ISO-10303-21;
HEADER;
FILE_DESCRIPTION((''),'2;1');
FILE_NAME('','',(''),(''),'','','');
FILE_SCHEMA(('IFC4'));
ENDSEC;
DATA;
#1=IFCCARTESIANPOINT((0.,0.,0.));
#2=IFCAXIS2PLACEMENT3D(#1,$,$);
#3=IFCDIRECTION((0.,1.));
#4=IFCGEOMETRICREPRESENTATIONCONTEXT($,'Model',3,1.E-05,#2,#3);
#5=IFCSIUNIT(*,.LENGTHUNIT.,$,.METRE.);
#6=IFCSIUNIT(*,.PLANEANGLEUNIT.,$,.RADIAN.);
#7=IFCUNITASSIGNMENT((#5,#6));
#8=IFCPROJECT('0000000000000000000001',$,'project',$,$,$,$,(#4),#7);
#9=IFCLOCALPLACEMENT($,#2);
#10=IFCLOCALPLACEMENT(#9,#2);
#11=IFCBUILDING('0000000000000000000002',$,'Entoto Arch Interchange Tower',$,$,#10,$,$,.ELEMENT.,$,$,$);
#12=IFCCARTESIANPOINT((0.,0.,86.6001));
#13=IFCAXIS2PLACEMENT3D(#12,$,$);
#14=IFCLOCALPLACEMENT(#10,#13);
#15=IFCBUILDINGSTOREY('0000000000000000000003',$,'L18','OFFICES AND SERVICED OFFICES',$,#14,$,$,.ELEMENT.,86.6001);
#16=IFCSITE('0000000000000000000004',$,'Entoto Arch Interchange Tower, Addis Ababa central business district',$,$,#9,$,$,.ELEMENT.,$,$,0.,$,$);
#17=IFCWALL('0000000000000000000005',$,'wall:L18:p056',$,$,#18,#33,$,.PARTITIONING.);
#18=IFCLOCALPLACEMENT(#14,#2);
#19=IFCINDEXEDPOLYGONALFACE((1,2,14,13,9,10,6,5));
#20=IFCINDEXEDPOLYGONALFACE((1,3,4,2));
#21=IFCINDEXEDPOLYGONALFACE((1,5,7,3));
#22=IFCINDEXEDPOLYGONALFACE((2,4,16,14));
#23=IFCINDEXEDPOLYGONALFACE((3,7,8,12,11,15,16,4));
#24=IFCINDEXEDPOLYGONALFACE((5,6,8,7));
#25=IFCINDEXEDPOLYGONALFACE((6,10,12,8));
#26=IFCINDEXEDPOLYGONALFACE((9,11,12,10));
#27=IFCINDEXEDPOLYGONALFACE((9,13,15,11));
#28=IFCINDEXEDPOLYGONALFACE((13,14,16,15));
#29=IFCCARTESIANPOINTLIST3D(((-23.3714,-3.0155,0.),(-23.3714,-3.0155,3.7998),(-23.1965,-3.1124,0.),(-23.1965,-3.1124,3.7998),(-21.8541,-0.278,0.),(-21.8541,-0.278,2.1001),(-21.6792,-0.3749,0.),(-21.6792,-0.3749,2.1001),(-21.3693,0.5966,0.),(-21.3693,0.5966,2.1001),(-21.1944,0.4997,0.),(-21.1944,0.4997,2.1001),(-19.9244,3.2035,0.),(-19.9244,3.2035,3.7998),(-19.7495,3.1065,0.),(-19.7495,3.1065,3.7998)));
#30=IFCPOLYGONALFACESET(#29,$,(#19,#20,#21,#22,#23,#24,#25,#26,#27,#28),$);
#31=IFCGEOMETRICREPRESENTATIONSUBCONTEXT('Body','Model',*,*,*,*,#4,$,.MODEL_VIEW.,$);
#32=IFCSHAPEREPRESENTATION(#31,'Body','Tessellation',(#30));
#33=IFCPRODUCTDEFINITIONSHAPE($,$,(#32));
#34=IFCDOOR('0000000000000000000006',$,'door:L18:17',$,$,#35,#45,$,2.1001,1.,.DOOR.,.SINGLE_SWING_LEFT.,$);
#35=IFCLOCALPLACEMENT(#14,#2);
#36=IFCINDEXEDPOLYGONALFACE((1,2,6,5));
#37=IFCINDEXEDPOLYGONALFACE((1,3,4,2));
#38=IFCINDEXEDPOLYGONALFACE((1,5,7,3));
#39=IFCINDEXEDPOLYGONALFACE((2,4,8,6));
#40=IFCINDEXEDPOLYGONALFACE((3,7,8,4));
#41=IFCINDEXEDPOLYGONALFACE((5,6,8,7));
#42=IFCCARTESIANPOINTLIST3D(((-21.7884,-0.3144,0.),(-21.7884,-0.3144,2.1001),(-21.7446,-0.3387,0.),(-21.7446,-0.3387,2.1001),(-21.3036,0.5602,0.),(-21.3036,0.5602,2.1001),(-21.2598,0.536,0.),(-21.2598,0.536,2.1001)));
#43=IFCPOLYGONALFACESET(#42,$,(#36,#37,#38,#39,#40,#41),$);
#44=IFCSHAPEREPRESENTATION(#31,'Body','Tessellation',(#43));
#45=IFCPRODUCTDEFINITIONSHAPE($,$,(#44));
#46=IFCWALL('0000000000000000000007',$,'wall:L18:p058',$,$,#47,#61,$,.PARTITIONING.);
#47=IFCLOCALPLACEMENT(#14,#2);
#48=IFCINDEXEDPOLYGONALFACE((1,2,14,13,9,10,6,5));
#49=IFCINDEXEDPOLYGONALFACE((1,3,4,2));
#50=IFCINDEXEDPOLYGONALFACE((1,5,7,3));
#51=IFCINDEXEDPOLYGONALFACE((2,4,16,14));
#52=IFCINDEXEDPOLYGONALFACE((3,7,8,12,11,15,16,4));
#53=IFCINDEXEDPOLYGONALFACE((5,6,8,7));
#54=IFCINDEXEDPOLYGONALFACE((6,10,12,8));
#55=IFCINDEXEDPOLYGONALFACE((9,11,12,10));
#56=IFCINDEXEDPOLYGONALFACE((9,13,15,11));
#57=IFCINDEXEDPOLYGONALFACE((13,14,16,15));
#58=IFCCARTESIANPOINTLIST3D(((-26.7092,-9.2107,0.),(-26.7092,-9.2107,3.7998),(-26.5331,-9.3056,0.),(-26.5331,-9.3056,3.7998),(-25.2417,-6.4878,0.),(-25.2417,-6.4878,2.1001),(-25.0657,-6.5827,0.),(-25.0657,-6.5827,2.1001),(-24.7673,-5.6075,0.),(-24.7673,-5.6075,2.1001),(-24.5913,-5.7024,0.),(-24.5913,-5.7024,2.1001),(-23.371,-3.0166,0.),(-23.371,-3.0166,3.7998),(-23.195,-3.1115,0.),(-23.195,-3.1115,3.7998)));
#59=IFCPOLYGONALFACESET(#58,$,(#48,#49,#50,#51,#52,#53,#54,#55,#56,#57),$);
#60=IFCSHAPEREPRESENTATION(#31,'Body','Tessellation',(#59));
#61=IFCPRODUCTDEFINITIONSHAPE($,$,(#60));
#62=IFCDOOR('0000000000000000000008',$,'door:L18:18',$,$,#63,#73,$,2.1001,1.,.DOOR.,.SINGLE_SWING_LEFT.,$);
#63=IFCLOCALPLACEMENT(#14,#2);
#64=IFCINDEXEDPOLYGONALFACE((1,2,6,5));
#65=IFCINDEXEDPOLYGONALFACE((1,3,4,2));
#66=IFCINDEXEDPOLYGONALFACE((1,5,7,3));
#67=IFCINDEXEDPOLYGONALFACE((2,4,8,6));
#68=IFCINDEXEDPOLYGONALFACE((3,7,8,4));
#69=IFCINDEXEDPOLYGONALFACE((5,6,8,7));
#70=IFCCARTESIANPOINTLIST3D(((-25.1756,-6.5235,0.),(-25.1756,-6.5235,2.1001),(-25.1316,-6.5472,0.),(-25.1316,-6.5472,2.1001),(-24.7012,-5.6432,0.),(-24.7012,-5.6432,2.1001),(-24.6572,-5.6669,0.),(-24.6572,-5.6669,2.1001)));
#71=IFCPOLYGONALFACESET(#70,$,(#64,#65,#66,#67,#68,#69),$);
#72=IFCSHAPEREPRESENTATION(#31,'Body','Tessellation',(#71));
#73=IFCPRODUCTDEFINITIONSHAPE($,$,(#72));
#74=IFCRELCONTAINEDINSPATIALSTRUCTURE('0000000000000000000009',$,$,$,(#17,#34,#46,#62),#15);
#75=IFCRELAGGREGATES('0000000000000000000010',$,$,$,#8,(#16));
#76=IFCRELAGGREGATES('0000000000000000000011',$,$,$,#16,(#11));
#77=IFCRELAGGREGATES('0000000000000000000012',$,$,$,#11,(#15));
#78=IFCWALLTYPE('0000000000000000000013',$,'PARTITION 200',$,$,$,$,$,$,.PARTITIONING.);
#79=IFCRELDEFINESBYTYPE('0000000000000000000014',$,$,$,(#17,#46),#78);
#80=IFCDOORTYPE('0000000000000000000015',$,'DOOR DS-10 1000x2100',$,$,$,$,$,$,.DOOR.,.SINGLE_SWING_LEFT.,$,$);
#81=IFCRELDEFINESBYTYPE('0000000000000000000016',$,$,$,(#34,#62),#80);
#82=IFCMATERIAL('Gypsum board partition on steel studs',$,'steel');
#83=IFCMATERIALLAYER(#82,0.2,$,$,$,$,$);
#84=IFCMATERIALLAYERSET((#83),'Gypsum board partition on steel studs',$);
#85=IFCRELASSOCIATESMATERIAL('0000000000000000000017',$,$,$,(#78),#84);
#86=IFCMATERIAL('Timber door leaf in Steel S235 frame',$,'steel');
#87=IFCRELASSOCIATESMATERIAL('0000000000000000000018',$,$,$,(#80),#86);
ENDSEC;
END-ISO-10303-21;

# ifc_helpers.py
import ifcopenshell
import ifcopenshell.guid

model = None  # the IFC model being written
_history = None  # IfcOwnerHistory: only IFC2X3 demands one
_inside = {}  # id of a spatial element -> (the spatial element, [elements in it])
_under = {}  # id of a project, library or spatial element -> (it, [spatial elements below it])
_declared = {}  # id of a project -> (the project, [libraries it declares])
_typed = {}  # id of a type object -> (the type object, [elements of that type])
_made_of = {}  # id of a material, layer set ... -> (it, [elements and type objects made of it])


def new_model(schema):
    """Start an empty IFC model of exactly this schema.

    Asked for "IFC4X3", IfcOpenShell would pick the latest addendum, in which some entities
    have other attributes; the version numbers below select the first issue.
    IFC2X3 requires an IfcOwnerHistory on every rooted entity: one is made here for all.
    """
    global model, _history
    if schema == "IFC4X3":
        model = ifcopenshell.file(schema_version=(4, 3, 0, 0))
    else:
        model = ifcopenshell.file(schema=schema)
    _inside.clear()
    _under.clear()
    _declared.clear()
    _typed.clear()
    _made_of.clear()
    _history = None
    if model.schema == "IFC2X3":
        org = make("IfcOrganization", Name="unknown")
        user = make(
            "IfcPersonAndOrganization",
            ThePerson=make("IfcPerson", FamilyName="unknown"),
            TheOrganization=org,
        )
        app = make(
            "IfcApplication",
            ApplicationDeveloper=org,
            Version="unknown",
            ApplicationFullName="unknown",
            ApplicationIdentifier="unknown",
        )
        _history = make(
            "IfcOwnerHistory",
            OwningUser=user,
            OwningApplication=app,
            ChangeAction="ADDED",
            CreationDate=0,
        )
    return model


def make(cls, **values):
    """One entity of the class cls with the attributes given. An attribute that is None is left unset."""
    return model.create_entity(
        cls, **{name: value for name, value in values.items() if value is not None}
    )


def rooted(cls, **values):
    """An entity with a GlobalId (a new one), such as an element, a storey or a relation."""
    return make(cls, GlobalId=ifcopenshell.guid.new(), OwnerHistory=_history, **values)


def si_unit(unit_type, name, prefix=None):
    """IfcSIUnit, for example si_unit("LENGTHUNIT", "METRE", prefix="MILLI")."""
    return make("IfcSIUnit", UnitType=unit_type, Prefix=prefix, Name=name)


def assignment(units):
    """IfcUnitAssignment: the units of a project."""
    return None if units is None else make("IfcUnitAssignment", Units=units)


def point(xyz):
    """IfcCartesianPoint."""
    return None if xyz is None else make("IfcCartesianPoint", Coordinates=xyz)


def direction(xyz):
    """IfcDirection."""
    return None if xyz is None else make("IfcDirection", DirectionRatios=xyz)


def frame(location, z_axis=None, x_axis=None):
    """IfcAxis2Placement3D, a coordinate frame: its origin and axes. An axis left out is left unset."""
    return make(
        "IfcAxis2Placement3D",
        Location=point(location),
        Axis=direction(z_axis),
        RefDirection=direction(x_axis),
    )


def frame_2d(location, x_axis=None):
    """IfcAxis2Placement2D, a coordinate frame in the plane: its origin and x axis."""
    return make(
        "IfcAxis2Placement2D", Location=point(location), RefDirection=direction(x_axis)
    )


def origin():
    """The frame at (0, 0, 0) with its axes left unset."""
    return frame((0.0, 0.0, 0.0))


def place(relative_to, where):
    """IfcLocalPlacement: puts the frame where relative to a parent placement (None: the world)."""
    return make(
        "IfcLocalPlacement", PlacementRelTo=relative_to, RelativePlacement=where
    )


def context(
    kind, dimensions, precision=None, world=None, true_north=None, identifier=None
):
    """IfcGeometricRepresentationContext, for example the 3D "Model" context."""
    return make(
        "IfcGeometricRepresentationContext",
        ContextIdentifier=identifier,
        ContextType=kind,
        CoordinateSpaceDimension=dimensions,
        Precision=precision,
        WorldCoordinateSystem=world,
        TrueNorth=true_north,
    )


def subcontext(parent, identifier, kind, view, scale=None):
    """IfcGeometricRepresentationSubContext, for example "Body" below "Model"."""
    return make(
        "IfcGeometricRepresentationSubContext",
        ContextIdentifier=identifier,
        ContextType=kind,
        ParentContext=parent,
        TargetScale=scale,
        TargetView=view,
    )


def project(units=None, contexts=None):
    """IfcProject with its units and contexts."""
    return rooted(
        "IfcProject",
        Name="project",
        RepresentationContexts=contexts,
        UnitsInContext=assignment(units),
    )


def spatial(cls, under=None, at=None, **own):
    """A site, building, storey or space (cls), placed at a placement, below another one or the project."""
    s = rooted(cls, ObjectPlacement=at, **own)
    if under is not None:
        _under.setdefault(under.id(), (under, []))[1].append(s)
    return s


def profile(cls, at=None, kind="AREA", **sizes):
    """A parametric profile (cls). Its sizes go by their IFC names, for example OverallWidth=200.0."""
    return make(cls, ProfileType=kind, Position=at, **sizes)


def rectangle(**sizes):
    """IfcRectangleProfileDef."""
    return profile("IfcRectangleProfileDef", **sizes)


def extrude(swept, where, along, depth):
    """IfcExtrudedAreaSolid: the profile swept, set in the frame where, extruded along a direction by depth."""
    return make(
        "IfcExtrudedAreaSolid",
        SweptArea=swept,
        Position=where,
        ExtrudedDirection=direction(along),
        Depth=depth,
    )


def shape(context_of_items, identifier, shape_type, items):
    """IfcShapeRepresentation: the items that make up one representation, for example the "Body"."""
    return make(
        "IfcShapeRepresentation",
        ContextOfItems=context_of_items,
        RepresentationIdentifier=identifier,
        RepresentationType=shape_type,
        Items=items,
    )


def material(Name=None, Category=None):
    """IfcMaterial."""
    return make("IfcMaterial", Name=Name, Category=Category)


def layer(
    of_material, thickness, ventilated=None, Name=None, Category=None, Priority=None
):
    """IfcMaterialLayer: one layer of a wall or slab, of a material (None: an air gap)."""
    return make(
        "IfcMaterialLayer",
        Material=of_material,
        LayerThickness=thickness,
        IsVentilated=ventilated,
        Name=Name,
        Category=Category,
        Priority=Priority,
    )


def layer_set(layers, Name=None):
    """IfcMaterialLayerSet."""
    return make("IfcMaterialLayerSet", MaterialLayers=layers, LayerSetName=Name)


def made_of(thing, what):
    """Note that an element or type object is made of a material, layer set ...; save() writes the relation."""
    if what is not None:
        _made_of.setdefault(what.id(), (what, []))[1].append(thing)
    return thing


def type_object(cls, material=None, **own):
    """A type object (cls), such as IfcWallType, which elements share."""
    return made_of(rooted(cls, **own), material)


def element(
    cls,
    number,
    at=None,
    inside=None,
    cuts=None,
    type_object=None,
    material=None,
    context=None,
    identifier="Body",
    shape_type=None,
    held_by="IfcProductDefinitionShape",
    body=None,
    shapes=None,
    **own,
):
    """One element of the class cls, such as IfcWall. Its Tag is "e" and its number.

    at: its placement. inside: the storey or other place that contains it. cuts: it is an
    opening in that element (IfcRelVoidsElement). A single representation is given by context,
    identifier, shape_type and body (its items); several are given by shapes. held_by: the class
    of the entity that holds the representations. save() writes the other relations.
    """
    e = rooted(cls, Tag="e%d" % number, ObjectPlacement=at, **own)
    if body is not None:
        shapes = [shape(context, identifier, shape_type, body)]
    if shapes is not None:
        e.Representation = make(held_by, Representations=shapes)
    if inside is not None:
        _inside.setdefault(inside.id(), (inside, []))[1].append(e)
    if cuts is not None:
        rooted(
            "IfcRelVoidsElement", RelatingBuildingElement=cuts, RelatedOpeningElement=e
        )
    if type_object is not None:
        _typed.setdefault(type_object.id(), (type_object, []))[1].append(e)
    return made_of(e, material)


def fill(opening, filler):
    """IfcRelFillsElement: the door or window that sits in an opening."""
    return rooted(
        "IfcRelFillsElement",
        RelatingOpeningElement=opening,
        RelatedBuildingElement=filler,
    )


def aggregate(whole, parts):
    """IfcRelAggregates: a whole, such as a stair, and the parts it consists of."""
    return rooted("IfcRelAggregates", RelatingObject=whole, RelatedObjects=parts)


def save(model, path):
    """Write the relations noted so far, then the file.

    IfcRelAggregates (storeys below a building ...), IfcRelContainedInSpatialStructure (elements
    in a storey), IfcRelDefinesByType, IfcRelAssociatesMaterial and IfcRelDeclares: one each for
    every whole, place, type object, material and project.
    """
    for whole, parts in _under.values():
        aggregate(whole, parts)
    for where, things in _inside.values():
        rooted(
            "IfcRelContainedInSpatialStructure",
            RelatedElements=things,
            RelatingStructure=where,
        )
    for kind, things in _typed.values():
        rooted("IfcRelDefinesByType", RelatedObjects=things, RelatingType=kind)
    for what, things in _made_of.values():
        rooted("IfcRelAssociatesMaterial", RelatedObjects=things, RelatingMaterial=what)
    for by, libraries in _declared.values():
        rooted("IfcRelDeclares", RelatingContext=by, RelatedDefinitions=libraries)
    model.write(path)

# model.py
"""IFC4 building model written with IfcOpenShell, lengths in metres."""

from ifc_helpers import new_model, si_unit, direction, frame, frame_2d, origin, place, context, subcontext, project, spatial, rectangle, extrude, material, layer, layer_set, type_object, element, fill, save


model = new_model("IFC4")

# Units and contexts
model_context = context("Model", 3, precision=1e-05, world=origin(), true_north=direction((0.0, 1.0)))
body_context = subcontext(model_context, "Body", "Model", "MODEL_VIEW")
ifc_project = project(units=[si_unit("LENGTHUNIT", "METRE"), si_unit("PLANEANGLEUNIT", "RADIAN")], contexts=[model_context])

# Site, building, storey
site_placement = place(None, origin())
site = spatial("IfcSite", under=ifc_project, at=site_placement, Name="Entoto Arch Interchange Tower, Addis Ababa central business district", CompositionType="ELEMENT", RefElevation=0.0)
building_placement = place(site_placement, origin())
building = spatial("IfcBuilding", under=site, at=building_placement, Name="Entoto Arch Interchange Tower", CompositionType="ELEMENT")
storey_placement = place(building_placement, frame((0.0, 0.0, 86.6001)))
storey = spatial("IfcBuildingStorey", under=building, at=storey_placement, Name="L18", Description="OFFICES AND SERVICED OFFICES", CompositionType="ELEMENT", Elevation=86.6001)

# Shared definitions
ifc_material_1 = material(Name="Gypsum board partition on steel studs", Category="steel")
ifc_layer_1 = layer(ifc_material_1, 0.2)
ifc_layer_set_1 = layer_set([ifc_layer_1], Name="Gypsum board partition on steel studs")
wall_type_1 = type_object("IfcWallType", Name="PARTITION 200", PredefinedType="PARTITIONING", material=ifc_layer_set_1)

# Shared definitions
ifc_material_2 = material(Name="Timber door leaf in Steel S235 frame", Category="steel")
door_type = type_object("IfcDoorType", Name="DOOR DS-10 1000x2100", OperationType="SINGLE_SWING_LEFT", PredefinedType="DOOR", material=ifc_material_2)

# Walls, openings, doors
wall_1_placement = place(storey_placement, frame((-23.2839, -3.064, 0.0), z_axis=(0.0, 0.0, 1.0), x_axis=(0.484786, 0.874633, 0.0)))
wall_1 = element("IfcWall", 1, at=wall_1_placement, inside=storey, type_object=wall_type_1, Name="wall:L18:p056", PredefinedType="PARTITIONING", context=body_context, shape_type="SweptSolid", body=[
    extrude(rectangle(XDim=7.1104, YDim=0.2, at=frame_2d((3.5552, 0.0))), origin(), (0.0, 0.0, 1.0), 3.7998),
])
opening_1_placement = place(wall_1_placement, frame((3.1299, 0.0, 0.0)))
opening_1 = element("IfcOpeningElement", 2, at=opening_1_placement, cuts=wall_1, PredefinedType="OPENING", context=body_context, shape_type="SweptSolid", body=[
    extrude(rectangle(XDim=1.0, YDim=2.1001, at=frame_2d((0.5, 1.05))), frame((0.0, 0.1099, 0.0), z_axis=(0.0, -1.0, 0.0), x_axis=(1.0, 0.0, 0.0)), (0.0, 0.0, 1.0), 0.22),
])
door_1_placement = place(opening_1_placement, origin())
door_1 = element("IfcDoor", 3, at=door_1_placement, inside=storey, type_object=door_type, Name="door:L18:17", OperationType="SINGLE_SWING_LEFT", OverallHeight=2.1001, OverallWidth=1.0, PredefinedType="DOOR", context=body_context, shape_type="SweptSolid", body=[
    extrude(rectangle(XDim=1.0, YDim=2.1001, at=frame_2d((0.5, 1.05))), frame((0.0, 0.0249, 0.0), z_axis=(0.0, -1.0, 0.0), x_axis=(1.0, 0.0, 0.0)), (0.0, 0.0, 1.0), 0.05),
])
fill(opening_1, door_1)
wall_2_placement = place(storey_placement, frame((-26.6211, -9.2581, 0.0), z_axis=(0.0, 0.0, 1.0), x_axis=(0.474414, 0.880302, 0.0)))
wall_2 = element("IfcWall", 4, at=wall_2_placement, inside=storey, type_object=wall_type_1, Name="wall:L18:p058", PredefinedType="PARTITIONING", context=body_context, shape_type="SweptSolid", body=[
    extrude(rectangle(XDim=7.0364, YDim=0.2, at=frame_2d((3.5181, 0.0))), origin(), (0.0, 0.0, 1.0), 3.7998),
])
opening_2_placement = place(wall_2_placement, frame((3.093, 0.0, 0.0)))
opening_2 = element("IfcOpeningElement", 5, at=opening_2_placement, cuts=wall_2, PredefinedType="OPENING", context=body_context, shape_type="SweptSolid", body=[
    extrude(rectangle(XDim=1.0, YDim=2.1001, at=frame_2d((0.5, 1.05))), frame((0.0, 0.1099, 0.0), z_axis=(0.0, -1.0, 0.0), x_axis=(1.0, 0.0, 0.0)), (0.0, 0.0, 1.0), 0.22),
])
door_2_placement = place(opening_2_placement, origin())
door_2 = element("IfcDoor", 6, at=door_2_placement, inside=storey, type_object=door_type, Name="door:L18:18", OperationType="SINGLE_SWING_LEFT", OverallHeight=2.1001, OverallWidth=1.0, PredefinedType="DOOR", context=body_context, shape_type="SweptSolid", body=[
    extrude(rectangle(XDim=1.0, YDim=2.1001, at=frame_2d((0.5, 1.05))), frame((0.0, 0.0249, 0.0), z_axis=(0.0, -1.0, 0.0), x_axis=(1.0, 0.0, 0.0)), (0.0, 0.0, 1.0), 0.05),
])
fill(opening_2, door_2)

save(model, "model.ifc")
